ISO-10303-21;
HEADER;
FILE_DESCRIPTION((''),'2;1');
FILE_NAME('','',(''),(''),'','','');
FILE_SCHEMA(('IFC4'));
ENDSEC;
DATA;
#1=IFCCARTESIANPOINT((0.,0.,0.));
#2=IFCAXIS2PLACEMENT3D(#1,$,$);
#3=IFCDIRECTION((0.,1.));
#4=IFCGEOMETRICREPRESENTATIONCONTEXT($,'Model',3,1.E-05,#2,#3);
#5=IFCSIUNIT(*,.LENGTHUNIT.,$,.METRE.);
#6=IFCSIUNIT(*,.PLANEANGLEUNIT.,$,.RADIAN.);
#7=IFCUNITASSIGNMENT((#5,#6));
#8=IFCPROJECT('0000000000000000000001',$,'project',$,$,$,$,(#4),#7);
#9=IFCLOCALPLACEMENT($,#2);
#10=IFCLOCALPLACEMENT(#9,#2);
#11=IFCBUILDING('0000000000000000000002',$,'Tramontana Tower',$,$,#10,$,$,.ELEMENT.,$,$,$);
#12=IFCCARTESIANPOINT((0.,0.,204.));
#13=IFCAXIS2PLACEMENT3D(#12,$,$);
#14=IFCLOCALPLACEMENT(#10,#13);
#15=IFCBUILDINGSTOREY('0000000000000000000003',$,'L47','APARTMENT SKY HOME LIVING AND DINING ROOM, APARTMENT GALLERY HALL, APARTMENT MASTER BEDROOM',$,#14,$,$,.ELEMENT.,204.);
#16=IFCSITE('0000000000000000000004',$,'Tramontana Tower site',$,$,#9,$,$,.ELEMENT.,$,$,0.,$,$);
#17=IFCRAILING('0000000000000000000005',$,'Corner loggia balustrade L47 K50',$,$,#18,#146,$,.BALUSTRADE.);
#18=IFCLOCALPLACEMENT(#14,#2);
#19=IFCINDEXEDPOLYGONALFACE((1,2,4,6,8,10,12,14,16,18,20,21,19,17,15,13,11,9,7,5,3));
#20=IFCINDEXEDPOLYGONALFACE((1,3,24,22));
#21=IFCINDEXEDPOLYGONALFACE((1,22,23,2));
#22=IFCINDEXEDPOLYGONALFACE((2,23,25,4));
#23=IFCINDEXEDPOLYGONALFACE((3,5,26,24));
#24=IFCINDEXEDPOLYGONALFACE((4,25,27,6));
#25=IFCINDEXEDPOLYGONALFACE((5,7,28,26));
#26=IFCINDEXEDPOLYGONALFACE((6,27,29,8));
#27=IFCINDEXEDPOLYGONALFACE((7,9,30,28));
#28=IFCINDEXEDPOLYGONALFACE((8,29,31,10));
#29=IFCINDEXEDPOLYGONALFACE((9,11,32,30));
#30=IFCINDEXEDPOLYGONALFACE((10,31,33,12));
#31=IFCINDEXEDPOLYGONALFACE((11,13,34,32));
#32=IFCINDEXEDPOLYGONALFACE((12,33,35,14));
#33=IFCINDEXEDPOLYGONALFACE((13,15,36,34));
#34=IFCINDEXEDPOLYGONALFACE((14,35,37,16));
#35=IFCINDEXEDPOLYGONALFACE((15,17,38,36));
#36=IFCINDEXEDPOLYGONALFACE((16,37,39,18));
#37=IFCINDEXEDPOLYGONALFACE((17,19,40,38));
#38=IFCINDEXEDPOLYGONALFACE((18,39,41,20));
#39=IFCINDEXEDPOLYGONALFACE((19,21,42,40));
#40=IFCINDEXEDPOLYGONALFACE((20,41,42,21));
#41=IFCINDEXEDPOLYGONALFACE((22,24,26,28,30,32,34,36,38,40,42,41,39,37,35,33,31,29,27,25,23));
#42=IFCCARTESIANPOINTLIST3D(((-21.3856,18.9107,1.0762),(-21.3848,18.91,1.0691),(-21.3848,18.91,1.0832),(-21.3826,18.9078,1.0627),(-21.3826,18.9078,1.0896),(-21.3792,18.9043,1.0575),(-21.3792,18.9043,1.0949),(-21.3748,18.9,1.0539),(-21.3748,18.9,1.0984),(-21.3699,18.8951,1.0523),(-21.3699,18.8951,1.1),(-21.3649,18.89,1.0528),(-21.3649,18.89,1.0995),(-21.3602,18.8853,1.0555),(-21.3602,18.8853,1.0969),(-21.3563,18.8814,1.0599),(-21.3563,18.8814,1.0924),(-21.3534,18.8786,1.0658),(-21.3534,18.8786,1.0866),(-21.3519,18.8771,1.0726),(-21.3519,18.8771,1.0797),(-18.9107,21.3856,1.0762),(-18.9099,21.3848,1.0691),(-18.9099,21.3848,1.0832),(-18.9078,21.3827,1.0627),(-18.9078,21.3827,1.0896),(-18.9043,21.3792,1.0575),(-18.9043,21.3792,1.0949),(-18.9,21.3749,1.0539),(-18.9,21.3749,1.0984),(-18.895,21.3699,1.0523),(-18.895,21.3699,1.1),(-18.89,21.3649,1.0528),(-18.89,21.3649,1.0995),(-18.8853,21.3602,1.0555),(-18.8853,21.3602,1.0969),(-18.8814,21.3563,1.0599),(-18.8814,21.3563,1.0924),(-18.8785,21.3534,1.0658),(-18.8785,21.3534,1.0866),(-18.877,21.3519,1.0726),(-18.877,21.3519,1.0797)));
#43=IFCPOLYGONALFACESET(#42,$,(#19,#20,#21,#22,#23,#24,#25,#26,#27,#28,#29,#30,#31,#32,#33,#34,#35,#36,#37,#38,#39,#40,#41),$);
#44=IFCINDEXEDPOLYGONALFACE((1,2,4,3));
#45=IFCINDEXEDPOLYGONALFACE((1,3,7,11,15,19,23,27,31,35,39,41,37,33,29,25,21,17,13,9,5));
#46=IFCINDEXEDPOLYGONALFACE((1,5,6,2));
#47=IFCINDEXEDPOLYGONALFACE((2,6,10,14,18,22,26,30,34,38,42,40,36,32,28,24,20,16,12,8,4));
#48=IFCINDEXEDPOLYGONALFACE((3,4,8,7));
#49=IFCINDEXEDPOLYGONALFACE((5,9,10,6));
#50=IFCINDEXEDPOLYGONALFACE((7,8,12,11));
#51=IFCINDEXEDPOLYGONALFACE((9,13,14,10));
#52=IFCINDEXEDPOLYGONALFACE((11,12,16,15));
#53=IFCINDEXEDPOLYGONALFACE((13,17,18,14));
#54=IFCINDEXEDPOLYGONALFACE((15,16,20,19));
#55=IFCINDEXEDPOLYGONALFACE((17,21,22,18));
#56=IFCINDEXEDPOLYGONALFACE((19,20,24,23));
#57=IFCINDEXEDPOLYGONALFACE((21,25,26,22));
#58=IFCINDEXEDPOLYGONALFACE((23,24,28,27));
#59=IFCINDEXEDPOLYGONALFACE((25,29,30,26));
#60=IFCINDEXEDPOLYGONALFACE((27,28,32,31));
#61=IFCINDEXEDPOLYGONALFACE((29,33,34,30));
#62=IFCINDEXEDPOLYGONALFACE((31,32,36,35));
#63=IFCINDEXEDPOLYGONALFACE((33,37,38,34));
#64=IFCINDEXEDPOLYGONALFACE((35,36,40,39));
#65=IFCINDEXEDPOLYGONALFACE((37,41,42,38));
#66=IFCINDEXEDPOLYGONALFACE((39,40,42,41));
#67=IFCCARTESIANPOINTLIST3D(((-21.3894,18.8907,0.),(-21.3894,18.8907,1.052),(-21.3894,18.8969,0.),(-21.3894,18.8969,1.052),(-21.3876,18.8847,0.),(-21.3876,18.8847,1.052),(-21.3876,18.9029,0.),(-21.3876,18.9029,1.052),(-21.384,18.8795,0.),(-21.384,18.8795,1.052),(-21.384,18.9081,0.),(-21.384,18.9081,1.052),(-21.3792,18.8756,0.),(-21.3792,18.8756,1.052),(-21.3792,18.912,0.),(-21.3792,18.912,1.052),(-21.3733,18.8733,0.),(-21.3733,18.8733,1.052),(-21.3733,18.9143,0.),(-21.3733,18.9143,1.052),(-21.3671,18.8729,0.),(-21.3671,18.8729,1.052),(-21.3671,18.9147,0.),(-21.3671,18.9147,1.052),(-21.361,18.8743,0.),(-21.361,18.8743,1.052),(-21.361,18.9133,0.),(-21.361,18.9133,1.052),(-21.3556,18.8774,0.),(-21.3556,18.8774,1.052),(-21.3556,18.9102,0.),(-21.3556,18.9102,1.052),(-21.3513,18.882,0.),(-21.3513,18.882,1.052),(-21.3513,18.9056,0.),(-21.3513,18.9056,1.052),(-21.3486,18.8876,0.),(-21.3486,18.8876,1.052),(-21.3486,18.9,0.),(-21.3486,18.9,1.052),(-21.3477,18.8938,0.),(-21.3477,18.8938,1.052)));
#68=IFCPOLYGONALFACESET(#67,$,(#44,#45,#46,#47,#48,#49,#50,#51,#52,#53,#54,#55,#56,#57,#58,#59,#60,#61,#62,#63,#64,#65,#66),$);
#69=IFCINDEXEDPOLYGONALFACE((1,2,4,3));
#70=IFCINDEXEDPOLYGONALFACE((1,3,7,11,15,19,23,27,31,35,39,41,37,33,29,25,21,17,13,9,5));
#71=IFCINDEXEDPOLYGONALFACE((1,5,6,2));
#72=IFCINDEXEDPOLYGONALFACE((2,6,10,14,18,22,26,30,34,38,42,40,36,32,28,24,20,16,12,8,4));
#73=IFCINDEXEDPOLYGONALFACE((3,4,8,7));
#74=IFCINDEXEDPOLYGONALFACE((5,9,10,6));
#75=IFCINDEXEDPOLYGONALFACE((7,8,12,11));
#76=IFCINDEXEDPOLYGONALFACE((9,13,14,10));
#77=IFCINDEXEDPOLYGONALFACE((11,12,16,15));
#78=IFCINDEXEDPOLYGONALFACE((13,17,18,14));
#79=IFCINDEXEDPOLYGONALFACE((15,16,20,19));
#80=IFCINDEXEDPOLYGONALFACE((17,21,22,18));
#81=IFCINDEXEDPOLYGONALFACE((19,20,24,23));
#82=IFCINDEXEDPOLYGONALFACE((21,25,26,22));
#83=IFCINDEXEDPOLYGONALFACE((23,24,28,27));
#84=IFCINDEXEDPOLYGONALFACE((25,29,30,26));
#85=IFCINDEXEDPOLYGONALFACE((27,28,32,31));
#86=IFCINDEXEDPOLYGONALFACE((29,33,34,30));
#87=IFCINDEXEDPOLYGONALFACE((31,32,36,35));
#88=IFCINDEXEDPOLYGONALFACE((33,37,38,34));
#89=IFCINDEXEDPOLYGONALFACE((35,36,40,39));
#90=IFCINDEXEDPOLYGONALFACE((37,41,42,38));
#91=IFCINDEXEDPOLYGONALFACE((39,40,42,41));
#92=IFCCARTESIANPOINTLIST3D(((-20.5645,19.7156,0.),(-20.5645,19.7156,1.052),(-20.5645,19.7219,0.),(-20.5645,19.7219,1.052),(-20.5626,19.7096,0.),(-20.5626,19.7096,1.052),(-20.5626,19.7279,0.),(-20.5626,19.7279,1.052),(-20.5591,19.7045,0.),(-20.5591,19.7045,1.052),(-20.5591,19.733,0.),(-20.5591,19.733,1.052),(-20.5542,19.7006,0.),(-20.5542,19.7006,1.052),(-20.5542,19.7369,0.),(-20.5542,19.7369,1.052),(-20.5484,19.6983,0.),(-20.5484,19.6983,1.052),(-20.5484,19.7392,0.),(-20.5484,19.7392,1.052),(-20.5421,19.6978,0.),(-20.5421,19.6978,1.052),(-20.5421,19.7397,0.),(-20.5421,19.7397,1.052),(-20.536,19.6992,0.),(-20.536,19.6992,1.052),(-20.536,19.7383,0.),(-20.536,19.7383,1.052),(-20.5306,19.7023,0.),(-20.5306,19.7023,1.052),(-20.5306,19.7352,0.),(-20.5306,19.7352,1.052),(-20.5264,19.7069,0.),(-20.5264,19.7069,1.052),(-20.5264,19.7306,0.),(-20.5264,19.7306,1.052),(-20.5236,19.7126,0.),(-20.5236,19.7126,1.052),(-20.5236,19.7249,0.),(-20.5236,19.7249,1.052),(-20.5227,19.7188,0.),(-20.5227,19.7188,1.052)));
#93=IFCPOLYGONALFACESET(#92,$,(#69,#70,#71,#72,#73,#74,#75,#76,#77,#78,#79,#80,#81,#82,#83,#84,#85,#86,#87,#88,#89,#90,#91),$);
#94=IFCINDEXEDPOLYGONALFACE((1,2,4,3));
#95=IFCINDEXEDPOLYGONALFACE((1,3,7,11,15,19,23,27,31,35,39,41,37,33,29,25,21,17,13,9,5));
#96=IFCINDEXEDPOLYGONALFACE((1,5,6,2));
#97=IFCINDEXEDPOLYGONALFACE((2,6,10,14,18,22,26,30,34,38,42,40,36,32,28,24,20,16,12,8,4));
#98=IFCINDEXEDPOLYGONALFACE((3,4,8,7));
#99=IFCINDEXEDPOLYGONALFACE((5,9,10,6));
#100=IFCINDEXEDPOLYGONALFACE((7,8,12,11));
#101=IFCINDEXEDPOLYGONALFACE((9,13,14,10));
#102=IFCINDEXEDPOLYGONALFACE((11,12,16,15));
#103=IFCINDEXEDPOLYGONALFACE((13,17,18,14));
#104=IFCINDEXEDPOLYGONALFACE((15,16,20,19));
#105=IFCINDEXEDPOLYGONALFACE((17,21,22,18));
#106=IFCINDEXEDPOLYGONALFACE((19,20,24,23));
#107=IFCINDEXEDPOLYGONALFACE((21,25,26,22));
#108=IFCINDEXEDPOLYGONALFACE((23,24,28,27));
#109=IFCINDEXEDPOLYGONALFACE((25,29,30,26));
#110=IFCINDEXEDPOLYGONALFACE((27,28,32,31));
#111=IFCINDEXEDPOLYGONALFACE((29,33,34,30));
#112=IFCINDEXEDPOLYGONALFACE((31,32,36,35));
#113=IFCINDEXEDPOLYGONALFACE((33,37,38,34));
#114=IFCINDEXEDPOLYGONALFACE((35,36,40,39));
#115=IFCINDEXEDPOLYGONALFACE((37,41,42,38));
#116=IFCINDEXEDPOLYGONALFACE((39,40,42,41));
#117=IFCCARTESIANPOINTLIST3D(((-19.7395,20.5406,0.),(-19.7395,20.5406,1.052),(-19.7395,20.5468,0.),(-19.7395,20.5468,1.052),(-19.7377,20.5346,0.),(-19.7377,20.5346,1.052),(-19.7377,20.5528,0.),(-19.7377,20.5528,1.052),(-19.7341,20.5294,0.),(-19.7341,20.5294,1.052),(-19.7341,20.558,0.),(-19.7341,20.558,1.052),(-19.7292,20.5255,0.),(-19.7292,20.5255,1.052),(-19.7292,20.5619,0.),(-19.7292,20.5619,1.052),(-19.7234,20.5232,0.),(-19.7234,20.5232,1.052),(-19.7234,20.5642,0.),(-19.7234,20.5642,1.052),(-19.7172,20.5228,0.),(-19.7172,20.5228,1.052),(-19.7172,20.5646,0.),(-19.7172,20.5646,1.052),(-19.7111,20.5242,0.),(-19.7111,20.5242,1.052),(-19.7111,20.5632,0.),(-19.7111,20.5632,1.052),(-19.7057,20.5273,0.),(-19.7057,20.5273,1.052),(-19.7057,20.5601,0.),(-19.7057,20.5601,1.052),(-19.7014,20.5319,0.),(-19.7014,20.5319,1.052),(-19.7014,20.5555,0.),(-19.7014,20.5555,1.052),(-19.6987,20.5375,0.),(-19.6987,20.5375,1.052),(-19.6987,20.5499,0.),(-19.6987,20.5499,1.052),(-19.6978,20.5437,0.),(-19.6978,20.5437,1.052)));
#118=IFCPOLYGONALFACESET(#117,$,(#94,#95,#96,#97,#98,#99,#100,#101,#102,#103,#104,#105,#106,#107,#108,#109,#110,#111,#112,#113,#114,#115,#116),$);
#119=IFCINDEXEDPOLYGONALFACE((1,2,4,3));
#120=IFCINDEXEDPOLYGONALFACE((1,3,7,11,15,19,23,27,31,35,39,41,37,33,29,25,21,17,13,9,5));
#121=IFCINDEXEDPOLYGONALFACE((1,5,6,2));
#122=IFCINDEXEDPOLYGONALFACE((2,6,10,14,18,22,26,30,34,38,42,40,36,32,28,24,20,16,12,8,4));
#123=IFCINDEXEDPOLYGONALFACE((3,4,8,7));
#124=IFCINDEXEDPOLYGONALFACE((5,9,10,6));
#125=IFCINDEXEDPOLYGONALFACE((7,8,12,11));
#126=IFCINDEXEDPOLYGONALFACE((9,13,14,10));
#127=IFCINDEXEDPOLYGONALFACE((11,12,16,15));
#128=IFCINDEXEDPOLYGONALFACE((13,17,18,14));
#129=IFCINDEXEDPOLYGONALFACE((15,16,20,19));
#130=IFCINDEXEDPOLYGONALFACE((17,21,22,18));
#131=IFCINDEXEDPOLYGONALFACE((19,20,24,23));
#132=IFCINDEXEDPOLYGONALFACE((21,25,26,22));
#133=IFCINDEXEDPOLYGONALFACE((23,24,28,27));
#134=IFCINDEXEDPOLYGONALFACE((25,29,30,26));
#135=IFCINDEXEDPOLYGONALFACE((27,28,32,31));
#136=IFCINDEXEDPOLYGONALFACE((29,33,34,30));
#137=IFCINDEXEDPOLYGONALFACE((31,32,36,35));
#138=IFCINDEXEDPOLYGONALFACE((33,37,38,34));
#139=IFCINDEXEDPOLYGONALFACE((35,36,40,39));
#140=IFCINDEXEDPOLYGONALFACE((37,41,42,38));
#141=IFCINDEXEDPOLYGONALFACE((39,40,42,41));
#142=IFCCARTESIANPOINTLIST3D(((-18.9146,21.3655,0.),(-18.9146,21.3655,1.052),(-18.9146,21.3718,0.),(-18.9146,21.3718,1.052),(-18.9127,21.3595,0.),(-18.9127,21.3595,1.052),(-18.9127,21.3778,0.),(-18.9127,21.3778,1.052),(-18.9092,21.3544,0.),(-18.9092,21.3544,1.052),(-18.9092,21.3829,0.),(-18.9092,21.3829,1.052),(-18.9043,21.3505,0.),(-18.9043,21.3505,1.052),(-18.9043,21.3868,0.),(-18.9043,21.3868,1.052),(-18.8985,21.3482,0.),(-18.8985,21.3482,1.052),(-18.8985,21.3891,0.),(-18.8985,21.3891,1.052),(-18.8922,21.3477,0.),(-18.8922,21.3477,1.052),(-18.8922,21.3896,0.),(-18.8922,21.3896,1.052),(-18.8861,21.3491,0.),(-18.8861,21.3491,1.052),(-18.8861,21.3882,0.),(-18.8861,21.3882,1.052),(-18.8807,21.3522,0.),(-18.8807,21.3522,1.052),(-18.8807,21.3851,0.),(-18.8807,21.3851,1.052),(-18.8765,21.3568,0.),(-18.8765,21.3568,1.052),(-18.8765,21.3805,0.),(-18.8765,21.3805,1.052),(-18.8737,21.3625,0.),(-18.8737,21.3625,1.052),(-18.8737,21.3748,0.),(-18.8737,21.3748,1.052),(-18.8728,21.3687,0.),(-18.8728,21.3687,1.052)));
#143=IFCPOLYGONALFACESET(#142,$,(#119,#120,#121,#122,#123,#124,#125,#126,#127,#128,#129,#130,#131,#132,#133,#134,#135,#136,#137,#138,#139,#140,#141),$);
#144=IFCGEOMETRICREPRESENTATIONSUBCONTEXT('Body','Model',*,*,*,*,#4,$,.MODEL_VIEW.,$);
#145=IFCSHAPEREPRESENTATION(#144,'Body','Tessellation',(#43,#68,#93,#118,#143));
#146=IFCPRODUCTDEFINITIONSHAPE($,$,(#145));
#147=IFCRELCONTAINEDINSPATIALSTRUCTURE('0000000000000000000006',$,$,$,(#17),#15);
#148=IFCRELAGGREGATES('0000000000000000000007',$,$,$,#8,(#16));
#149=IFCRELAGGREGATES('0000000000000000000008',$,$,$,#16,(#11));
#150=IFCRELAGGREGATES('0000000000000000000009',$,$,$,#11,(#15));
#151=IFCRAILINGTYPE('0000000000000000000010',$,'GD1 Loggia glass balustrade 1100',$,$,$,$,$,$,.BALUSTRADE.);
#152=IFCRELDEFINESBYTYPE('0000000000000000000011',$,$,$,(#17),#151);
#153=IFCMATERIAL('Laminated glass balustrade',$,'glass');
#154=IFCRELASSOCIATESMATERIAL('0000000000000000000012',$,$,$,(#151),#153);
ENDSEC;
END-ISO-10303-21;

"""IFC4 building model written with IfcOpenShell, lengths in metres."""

from ifc_helpers import new_model, si_unit, direction, frame, origin, origin_2d, place, context, subcontext, project, spatial, circle, extrude, material, type_object, element, save


model = new_model("IFC4")

# Units and contexts
model_context = context("Model", 3, precision=1e-05, world=origin(), true_north=direction((0.0, 1.0)))
body_context = subcontext(model_context, "Body", "Model", "MODEL_VIEW")
ifc_project = project(units=[si_unit("LENGTHUNIT", "METRE"), si_unit("PLANEANGLEUNIT", "RADIAN")], contexts=[model_context])

# Site, building, storey
site_placement = place(None, origin())
site = spatial("IfcSite", under=ifc_project, at=site_placement, Name="Tramontana Tower site", CompositionType="ELEMENT", RefElevation=0.0)
building_placement = place(site_placement, origin())
building = spatial("IfcBuilding", under=site, at=building_placement, Name="Tramontana Tower", CompositionType="ELEMENT")
storey_placement = place(building_placement, frame((0.0, 0.0, 204.0)))
storey = spatial("IfcBuildingStorey", under=building, at=storey_placement, Name="L47", Description="APARTMENT SKY HOME LIVING AND DINING ROOM, APARTMENT GALLERY HALL, APARTMENT MASTER BEDROOM", CompositionType="ELEMENT", Elevation=204.0)

# Railing
ifc_material_1 = material(Name="Laminated glass balustrade", Category="glass")
railing_type = type_object("IfcRailingType", Name="GD1 Loggia glass balustrade 1100", PredefinedType="BALUSTRADE", material=ifc_material_1)
railing_placement = place(storey_placement, frame((-21.3687, 18.8938, 0.0)))
element("IfcRailing", 1, at=railing_placement, inside=storey, type_object=railing_type, Name="Corner loggia balustrade L47 K50", PredefinedType="BALUSTRADE", context=body_context, shape_type="SweptSolid", body=[
    extrude(circle(Radius=0.0239, at=origin_2d()), frame((0.0, 0.0, 1.0762), z_axis=(0.707107, 0.707107, 0.0), x_axis=(-0.707107, 0.707107, 0.0)), (0.0, 0.0, 1.0), 3.5),
    extrude(circle(Radius=0.021, at=origin_2d()), origin(), (0.0, 0.0, 1.0), 1.052),
    extrude(circle(Radius=0.021, at=origin_2d()), frame((0.825, 0.825, 0.0)), (0.0, 0.0, 1.0), 1.052),
    extrude(circle(Radius=0.021, at=origin_2d()), frame((1.6499, 1.6499, 0.0)), (0.0, 0.0, 1.0), 1.052),
    extrude(circle(Radius=0.021, at=origin_2d()), frame((2.4749, 2.4749, 0.0)), (0.0, 0.0, 1.0), 1.052),
])

save(model, "model.ifc")
